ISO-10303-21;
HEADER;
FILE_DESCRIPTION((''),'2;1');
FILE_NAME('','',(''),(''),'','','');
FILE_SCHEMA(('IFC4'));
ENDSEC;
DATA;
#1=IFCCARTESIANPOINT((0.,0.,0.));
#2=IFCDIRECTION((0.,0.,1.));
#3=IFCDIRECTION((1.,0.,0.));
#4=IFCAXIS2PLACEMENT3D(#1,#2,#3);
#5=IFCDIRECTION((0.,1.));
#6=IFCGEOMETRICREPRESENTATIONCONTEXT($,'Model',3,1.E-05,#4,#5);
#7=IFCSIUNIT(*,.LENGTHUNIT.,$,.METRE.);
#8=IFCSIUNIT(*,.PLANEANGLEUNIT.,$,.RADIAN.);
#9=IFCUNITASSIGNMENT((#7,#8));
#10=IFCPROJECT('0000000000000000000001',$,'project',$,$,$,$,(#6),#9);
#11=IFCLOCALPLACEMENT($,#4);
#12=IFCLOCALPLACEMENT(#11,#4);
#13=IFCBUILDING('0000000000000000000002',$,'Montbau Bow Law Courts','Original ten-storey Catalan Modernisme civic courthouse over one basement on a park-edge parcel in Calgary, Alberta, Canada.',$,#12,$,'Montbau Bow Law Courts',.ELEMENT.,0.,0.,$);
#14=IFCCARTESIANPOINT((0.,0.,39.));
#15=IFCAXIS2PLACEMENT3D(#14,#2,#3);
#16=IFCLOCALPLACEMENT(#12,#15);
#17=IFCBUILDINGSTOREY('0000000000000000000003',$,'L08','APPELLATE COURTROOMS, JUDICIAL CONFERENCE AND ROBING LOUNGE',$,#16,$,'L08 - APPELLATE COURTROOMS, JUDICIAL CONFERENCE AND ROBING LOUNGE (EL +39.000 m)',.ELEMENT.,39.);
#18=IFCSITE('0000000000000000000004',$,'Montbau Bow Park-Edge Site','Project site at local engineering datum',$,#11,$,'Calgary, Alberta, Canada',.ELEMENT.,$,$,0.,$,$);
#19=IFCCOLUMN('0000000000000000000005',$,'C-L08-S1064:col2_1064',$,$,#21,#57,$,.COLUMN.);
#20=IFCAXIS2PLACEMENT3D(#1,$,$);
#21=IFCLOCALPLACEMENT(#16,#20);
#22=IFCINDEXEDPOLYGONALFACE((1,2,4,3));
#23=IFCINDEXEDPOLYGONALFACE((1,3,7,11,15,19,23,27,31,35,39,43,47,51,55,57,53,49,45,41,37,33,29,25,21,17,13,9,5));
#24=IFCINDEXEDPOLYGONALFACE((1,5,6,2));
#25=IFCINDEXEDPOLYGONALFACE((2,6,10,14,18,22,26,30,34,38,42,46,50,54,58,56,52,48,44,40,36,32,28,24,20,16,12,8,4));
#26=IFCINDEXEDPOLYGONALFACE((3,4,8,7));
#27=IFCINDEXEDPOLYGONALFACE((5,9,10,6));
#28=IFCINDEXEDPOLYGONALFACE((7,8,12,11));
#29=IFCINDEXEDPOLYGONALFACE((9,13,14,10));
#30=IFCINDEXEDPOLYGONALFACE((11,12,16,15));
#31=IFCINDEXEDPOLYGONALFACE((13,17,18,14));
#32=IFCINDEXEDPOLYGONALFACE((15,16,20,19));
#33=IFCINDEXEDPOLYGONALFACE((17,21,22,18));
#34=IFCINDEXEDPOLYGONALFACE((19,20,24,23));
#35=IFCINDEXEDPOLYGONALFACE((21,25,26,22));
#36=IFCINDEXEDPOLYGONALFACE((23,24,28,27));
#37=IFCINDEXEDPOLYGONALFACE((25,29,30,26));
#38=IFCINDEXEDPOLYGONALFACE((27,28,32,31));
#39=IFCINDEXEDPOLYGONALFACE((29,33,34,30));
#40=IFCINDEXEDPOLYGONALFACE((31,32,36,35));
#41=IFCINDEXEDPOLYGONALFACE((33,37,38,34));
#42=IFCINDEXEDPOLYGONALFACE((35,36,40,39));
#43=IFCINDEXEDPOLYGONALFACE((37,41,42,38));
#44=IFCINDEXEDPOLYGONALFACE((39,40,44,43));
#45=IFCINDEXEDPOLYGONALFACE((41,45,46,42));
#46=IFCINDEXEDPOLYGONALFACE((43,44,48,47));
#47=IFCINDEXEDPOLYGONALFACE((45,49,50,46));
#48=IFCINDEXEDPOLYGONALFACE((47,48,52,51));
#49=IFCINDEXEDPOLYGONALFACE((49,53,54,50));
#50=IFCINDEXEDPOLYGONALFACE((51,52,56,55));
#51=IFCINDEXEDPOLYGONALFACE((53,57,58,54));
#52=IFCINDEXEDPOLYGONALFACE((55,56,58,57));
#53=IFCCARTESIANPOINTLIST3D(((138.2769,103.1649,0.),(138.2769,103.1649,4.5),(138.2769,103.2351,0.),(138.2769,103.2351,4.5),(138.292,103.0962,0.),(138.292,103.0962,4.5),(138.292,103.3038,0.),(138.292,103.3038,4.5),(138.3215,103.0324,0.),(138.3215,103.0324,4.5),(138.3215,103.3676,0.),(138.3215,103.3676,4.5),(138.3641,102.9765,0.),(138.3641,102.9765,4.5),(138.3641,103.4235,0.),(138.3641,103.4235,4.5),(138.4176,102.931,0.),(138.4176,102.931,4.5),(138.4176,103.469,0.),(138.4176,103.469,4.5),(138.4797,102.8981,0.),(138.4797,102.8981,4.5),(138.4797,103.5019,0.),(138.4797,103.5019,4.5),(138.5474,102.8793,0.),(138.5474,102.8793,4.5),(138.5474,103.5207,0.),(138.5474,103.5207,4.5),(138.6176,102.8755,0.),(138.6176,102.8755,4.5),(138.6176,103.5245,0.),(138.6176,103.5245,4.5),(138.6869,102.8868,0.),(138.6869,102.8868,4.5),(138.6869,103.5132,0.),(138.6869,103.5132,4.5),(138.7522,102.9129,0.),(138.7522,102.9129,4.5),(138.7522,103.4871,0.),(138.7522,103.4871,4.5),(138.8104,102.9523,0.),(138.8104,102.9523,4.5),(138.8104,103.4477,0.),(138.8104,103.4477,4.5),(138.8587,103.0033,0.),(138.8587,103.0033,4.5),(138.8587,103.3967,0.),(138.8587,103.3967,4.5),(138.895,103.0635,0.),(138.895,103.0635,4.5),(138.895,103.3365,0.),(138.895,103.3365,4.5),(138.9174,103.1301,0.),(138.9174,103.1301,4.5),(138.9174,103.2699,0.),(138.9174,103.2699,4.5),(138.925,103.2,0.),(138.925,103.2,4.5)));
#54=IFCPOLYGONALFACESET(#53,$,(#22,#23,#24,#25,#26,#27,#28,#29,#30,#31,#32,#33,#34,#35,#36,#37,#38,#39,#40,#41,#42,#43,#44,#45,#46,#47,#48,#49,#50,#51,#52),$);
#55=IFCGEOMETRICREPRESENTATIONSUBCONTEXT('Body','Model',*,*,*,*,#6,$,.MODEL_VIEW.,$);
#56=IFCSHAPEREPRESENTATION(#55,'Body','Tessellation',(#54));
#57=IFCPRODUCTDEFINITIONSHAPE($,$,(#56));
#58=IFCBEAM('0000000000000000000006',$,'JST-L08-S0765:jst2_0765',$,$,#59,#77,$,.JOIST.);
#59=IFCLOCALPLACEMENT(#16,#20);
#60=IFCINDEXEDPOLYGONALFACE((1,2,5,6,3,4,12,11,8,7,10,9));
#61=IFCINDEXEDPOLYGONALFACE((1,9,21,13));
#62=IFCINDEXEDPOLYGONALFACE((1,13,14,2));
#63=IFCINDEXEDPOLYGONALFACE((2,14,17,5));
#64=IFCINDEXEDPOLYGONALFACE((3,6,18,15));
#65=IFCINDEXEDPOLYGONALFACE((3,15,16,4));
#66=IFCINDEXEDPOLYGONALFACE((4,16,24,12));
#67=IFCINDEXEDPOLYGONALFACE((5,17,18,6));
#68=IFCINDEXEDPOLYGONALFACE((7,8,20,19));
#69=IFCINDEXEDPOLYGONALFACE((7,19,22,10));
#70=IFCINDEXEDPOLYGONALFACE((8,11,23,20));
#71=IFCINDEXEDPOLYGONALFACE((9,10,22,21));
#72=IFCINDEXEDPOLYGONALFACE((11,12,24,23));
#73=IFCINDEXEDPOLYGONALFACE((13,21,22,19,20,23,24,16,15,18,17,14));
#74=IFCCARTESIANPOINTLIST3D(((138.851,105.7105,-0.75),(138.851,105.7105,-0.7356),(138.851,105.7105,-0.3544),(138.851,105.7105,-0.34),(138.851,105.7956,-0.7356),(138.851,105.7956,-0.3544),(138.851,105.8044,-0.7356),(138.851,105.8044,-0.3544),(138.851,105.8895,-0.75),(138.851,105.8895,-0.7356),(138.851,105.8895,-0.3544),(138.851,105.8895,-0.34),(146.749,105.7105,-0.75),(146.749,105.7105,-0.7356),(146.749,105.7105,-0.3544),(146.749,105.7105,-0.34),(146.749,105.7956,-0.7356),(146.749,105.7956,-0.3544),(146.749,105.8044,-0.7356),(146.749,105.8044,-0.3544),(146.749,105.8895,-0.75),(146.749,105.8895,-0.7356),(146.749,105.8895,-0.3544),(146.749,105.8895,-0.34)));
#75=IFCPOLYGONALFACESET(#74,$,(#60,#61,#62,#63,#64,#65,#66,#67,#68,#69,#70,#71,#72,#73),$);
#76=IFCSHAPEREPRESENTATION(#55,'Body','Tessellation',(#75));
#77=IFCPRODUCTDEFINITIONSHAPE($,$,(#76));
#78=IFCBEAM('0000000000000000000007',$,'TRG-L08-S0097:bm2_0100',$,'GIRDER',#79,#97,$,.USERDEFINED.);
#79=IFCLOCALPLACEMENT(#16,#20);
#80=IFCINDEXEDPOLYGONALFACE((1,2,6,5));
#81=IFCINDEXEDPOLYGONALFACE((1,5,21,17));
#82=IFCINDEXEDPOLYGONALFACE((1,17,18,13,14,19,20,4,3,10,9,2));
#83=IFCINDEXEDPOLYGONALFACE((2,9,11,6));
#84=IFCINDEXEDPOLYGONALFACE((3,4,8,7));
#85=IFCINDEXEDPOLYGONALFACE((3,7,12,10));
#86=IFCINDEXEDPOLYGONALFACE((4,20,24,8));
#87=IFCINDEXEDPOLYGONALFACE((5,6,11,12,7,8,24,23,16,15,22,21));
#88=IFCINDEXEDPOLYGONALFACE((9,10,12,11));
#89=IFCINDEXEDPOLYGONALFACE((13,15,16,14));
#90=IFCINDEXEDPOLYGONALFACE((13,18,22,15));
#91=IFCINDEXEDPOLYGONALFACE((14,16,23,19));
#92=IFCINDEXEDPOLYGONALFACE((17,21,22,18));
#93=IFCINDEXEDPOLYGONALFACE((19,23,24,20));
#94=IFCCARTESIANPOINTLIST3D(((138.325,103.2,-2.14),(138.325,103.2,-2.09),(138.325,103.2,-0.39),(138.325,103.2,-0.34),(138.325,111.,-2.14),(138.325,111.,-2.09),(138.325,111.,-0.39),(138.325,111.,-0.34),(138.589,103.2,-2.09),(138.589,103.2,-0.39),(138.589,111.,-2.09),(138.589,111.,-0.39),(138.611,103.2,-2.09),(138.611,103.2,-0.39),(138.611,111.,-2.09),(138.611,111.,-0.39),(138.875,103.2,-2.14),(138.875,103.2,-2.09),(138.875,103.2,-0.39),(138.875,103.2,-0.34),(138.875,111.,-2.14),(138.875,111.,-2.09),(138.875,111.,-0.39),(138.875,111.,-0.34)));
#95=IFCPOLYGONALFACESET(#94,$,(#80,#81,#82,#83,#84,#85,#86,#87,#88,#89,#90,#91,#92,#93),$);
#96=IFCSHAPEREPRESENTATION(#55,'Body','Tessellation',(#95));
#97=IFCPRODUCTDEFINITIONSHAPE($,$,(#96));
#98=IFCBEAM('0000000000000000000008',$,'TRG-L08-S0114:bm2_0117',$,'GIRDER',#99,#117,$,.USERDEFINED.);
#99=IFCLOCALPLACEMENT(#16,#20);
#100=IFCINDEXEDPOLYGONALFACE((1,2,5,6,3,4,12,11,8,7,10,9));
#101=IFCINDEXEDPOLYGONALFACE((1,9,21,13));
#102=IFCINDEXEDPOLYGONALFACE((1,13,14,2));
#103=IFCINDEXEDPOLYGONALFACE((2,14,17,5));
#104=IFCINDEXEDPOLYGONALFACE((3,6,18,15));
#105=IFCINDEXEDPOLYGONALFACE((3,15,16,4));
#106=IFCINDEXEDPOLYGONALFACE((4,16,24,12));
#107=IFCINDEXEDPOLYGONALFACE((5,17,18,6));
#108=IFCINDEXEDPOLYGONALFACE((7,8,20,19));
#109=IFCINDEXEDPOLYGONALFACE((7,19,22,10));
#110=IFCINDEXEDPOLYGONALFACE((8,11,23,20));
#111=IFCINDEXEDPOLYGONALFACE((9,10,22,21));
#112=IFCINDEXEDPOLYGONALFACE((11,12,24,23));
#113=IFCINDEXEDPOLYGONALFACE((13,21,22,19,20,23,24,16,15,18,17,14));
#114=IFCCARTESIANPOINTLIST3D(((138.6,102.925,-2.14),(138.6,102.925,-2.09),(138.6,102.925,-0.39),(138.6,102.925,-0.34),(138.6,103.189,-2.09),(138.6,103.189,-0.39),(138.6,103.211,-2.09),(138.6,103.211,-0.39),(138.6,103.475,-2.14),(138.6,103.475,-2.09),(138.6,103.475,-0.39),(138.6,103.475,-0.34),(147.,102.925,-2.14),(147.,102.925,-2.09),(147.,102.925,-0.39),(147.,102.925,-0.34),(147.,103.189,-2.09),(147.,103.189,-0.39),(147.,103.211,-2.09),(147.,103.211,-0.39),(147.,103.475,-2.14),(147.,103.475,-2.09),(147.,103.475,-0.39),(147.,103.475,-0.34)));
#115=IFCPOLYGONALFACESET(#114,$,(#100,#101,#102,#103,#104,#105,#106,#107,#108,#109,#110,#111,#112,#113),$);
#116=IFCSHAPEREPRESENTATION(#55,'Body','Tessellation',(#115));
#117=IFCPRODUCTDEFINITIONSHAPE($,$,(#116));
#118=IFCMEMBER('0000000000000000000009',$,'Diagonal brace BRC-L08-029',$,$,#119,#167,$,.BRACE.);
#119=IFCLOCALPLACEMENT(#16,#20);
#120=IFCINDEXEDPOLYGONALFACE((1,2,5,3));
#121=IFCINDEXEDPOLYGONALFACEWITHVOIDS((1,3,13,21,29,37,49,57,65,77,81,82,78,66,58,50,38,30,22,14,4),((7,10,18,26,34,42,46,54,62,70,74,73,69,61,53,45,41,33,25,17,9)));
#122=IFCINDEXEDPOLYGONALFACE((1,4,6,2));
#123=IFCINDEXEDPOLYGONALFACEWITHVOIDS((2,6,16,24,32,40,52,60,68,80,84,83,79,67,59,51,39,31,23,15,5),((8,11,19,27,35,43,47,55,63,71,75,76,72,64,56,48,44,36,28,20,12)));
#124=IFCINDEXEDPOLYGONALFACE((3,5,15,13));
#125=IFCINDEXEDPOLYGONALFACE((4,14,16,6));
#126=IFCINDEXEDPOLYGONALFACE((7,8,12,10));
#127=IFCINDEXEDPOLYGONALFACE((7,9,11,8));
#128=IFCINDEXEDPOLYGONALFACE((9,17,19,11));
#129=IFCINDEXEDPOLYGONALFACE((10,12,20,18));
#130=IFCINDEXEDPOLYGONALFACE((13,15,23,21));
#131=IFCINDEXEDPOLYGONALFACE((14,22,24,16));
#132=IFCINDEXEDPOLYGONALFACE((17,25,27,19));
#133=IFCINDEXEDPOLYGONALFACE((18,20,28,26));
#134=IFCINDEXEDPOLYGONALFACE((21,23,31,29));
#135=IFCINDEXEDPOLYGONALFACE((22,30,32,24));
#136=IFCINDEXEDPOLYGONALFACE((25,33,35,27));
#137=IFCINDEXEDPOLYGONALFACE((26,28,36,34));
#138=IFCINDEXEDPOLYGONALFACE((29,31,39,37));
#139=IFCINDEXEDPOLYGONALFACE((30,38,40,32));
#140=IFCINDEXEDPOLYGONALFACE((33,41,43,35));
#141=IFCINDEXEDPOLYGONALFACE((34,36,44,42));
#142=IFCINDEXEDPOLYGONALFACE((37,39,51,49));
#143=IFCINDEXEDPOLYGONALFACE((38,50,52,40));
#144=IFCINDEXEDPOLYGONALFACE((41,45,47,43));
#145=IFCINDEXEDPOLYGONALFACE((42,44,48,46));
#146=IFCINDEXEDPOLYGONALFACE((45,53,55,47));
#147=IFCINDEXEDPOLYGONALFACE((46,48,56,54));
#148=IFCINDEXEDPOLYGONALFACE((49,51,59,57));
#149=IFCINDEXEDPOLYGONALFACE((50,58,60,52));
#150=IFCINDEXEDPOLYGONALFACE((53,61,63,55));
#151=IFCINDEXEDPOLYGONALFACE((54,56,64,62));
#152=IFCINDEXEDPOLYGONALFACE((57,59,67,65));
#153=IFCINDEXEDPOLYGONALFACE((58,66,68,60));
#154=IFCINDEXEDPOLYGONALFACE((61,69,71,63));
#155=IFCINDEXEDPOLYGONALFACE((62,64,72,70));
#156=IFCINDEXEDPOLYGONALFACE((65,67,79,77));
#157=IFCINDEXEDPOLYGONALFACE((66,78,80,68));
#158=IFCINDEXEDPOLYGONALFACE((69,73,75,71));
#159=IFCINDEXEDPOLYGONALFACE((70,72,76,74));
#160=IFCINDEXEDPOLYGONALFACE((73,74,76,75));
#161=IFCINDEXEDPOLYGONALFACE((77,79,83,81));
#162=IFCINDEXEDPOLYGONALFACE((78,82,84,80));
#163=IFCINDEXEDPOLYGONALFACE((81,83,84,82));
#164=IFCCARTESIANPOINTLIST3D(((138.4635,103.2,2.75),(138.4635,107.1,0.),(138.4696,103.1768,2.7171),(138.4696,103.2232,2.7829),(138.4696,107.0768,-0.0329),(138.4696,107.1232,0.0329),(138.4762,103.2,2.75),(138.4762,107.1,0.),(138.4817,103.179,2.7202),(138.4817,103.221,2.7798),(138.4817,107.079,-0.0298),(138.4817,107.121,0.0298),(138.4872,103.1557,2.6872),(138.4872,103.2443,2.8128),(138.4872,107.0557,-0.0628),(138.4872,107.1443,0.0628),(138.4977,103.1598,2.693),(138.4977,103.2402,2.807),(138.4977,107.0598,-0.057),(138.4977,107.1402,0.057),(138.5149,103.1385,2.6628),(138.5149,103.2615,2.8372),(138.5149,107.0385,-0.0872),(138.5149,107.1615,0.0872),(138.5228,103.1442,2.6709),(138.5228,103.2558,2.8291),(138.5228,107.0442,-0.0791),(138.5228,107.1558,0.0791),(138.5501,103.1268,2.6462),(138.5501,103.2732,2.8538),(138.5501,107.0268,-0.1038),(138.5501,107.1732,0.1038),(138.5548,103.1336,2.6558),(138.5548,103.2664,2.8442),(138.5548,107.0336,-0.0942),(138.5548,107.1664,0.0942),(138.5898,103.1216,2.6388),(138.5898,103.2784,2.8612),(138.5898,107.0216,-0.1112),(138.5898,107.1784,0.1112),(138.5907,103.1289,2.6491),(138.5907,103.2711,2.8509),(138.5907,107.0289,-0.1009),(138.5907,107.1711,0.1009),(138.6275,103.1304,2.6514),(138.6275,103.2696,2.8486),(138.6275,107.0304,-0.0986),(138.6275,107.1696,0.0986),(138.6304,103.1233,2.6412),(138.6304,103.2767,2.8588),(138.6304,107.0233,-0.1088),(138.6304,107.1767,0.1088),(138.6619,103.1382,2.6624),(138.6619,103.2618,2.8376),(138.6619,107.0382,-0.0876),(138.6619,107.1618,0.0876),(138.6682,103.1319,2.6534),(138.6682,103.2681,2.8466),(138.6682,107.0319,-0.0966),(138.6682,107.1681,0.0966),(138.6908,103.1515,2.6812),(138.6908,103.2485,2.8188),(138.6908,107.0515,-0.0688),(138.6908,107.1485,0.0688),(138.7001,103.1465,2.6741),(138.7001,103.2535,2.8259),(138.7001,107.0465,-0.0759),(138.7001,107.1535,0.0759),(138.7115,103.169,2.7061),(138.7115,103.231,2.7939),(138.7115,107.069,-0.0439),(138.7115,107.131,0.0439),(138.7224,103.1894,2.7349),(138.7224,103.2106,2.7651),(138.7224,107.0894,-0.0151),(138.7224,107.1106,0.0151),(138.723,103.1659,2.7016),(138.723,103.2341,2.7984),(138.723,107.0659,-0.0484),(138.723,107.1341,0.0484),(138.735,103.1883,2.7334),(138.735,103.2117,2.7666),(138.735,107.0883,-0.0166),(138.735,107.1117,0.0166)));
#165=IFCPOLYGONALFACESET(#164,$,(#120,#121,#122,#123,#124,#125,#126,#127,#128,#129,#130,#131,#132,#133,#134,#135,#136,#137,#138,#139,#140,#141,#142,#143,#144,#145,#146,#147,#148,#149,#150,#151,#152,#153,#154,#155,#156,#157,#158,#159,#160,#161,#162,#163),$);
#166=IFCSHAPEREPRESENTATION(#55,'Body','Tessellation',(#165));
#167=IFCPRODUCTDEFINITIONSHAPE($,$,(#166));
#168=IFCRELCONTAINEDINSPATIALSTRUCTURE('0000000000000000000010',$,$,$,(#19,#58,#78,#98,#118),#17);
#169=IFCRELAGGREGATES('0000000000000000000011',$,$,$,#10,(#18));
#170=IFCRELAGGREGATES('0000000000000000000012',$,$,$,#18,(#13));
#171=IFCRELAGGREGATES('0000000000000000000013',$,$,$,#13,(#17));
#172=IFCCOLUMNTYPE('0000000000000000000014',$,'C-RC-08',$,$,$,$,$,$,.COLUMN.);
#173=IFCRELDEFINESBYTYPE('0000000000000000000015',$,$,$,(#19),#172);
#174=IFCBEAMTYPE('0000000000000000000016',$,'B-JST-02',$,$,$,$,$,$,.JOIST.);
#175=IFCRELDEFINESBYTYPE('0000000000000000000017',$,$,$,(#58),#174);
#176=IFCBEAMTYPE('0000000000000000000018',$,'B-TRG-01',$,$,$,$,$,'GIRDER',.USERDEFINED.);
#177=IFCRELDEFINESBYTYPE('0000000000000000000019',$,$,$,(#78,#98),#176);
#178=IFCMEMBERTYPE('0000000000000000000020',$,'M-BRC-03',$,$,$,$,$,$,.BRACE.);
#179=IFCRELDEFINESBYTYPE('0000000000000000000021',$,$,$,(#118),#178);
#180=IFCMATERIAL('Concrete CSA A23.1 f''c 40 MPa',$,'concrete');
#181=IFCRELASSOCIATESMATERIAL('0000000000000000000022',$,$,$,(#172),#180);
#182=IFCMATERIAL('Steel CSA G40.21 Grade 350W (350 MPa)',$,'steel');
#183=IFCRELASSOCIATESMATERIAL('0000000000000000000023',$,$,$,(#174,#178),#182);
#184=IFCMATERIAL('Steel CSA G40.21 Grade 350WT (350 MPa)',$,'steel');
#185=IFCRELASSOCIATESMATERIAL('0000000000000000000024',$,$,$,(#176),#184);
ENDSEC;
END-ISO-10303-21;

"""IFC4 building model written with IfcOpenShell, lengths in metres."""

from ifc_helpers import new_model, si_unit, direction, frame, origin_with_axes, origin_2d_with_axis, place, context, subcontext, project, spatial, circle, hollow_circle, i_section, extrude, material, material_profile, profile_set, type_object, element, save


model = new_model("IFC4")

# Units and contexts
model_context = context("Model", 3, precision=1e-05, world=origin_with_axes(), true_north=direction((0.0, 1.0)))
body_context = subcontext(model_context, "Body", "Model", "MODEL_VIEW")
ifc_project = project(units=[si_unit("LENGTHUNIT", "METRE"), si_unit("PLANEANGLEUNIT", "RADIAN")], contexts=[model_context])

# Site, building, storey
site_placement = place(None, origin_with_axes())
site = spatial("IfcSite", under=ifc_project, at=site_placement, Name="Montbau Bow Park-Edge Site", Description="Project site at local engineering datum", LongName="Calgary, Alberta, Canada", CompositionType="ELEMENT", RefElevation=0.0)
building_placement = place(site_placement, origin_with_axes())
building = spatial("IfcBuilding", under=site, at=building_placement, Name="Montbau Bow Law Courts", Description="Original ten-storey Catalan Modernisme civic courthouse over one basement on a park-edge parcel in Calgary, Alberta, Canada.", LongName="Montbau Bow Law Courts", CompositionType="ELEMENT", ElevationOfRefHeight=0.0, ElevationOfTerrain=0.0)
storey_placement = place(building_placement, frame((0.0, 0.0, 39.0), z_axis=(0.0, 0.0, 1.0), x_axis=(1.0, 0.0, 0.0)))
storey = spatial("IfcBuildingStorey", under=building, at=storey_placement, Name="L08", Description="APPELLATE COURTROOMS, JUDICIAL CONFERENCE AND ROBING LOUNGE", LongName="L08 - APPELLATE COURTROOMS, JUDICIAL CONFERENCE AND ROBING LOUNGE (EL +39.000 m)", CompositionType="ELEMENT", Elevation=39.0)

# Column
ifc_material_1 = material(Name="Concrete CSA A23.1 f'c 40 MPa", Category="concrete")
ifc_material_profile_1 = material_profile(ifc_material_1, circle(Radius=0.325, at=origin_2d_with_axis()), Name="RC650D", Category="Main", Priority=0)
ifc_profile_set_1 = profile_set([ifc_material_profile_1], Name="Concrete CSA A23.1 f'c 40 MPa")
column_type = type_object("IfcColumnType", Name="C-RC-08", PredefinedType="COLUMN", material=ifc_profile_set_1)
column_placement = place(None, frame((138.6, 103.2, 39.0), z_axis=(0.0, 0.0, 1.0), x_axis=(1.0, 0.0, 0.0)))
element("IfcColumn", 1, at=column_placement, inside=storey, type_object=column_type, Name="C-L08-S1064:col2_1064", PredefinedType="COLUMN", context=body_context, shape_type="SweptSolid", body=[
    extrude(circle(Radius=0.325, at=origin_2d_with_axis()), origin_with_axes(), (0.0, 0.0, 1.0), 4.5),
])

# Beams
ifc_material_2 = material(Name="Steel CSA G40.21 Grade 350W (350 MPa)", Category="steel")
ifc_material_profile_2 = material_profile(ifc_material_2, i_section(OverallWidth=0.179, OverallDepth=0.41, WebThickness=0.0088, FlangeThickness=0.0144, at=origin_2d_with_axis()), Name="W410X67", Category="Main", Priority=0)
ifc_profile_set_2 = profile_set([ifc_material_profile_2], Name="Steel CSA G40.21 Grade 350W (350 MPa)")
beam_type_1 = type_object("IfcBeamType", Name="B-JST-02", PredefinedType="JOIST", material=ifc_profile_set_2)
beam_1_placement = place(None, frame((138.851, 105.8, 38.455), z_axis=(1.0, 0.0, 0.0), x_axis=(0.0, 1.0, 0.0)))
element("IfcBeam", 2, at=beam_1_placement, inside=storey, type_object=beam_type_1, Name="JST-L08-S0765:jst2_0765", PredefinedType="JOIST", context=body_context, shape_type="SweptSolid", body=[
    extrude(i_section(OverallWidth=0.179, OverallDepth=0.41, WebThickness=0.0088, FlangeThickness=0.0144, at=origin_2d_with_axis()), origin_with_axes(), (0.0, 0.0, 1.0), 7.898),
])
ifc_material_3 = material(Name="Steel CSA G40.21 Grade 350WT (350 MPa)", Category="steel")
ifc_material_profile_3 = material_profile(ifc_material_3, i_section(OverallWidth=0.55, OverallDepth=1.8, WebThickness=0.022, FlangeThickness=0.05, at=origin_2d_with_axis()), Name="WWF1800X550", Category="Main", Priority=0)
ifc_profile_set_3 = profile_set([ifc_material_profile_3], Name="Steel CSA G40.21 Grade 350WT (350 MPa)")
beam_type_2 = type_object("IfcBeamType", Name="B-TRG-01", ElementType="GIRDER", PredefinedType="USERDEFINED", material=ifc_profile_set_3)
beam_2_placement = place(None, frame((138.6, 103.2, 37.76), z_axis=(0.0, 1.0, 0.0), x_axis=(-1.0, 0.0, 0.0)))
element("IfcBeam", 3, at=beam_2_placement, inside=storey, type_object=beam_type_2, Name="TRG-L08-S0097:bm2_0100", ObjectType="GIRDER", PredefinedType="USERDEFINED", context=body_context, shape_type="SweptSolid", body=[
    extrude(i_section(OverallWidth=0.55, OverallDepth=1.8, WebThickness=0.022, FlangeThickness=0.05, at=origin_2d_with_axis()), origin_with_axes(), (0.0, 0.0, 1.0), 7.8),
])
beam_3_placement = place(None, frame((138.6, 103.2, 37.76), z_axis=(1.0, 0.0, 0.0), x_axis=(0.0, 1.0, 0.0)))
element("IfcBeam", 4, at=beam_3_placement, inside=storey, type_object=beam_type_2, Name="TRG-L08-S0114:bm2_0117", ObjectType="GIRDER", PredefinedType="USERDEFINED", context=body_context, shape_type="SweptSolid", body=[
    extrude(i_section(OverallWidth=0.55, OverallDepth=1.8, WebThickness=0.022, FlangeThickness=0.05, at=origin_2d_with_axis()), origin_with_axes(), (0.0, 0.0, 1.0), 8.4),
])

# Member
ifc_material_profile_4 = material_profile(ifc_material_2, hollow_circle(Radius=0.1365, WallThickness=0.0127, at=origin_2d_with_axis()), Name="HSS273X13", Category="Main", Priority=0)
ifc_profile_set_4 = profile_set([ifc_material_profile_4], Name="Steel CSA G40.21 Grade 350W (350 MPa)")
member_type_1 = type_object("IfcMemberType", Name="M-BRC-03", PredefinedType="BRACE", material=ifc_profile_set_4)
member_1_placement = place(None, frame((138.6, 103.2, 41.75), z_axis=(0.0, 0.817258, -0.576272), x_axis=(-1.0, 0.0, 0.0)))
element("IfcMember", 5, at=member_1_placement, inside=storey, type_object=member_type_1, Name="Diagonal brace BRC-L08-029", PredefinedType="BRACE", context=body_context, shape_type="SweptSolid", body=[
    extrude(hollow_circle(Radius=0.1365, WallThickness=0.0127, at=origin_2d_with_axis()), origin_with_axes(), (0.0, 0.0, 1.0), 4.7721),
])

save(model, "model.ifc")
